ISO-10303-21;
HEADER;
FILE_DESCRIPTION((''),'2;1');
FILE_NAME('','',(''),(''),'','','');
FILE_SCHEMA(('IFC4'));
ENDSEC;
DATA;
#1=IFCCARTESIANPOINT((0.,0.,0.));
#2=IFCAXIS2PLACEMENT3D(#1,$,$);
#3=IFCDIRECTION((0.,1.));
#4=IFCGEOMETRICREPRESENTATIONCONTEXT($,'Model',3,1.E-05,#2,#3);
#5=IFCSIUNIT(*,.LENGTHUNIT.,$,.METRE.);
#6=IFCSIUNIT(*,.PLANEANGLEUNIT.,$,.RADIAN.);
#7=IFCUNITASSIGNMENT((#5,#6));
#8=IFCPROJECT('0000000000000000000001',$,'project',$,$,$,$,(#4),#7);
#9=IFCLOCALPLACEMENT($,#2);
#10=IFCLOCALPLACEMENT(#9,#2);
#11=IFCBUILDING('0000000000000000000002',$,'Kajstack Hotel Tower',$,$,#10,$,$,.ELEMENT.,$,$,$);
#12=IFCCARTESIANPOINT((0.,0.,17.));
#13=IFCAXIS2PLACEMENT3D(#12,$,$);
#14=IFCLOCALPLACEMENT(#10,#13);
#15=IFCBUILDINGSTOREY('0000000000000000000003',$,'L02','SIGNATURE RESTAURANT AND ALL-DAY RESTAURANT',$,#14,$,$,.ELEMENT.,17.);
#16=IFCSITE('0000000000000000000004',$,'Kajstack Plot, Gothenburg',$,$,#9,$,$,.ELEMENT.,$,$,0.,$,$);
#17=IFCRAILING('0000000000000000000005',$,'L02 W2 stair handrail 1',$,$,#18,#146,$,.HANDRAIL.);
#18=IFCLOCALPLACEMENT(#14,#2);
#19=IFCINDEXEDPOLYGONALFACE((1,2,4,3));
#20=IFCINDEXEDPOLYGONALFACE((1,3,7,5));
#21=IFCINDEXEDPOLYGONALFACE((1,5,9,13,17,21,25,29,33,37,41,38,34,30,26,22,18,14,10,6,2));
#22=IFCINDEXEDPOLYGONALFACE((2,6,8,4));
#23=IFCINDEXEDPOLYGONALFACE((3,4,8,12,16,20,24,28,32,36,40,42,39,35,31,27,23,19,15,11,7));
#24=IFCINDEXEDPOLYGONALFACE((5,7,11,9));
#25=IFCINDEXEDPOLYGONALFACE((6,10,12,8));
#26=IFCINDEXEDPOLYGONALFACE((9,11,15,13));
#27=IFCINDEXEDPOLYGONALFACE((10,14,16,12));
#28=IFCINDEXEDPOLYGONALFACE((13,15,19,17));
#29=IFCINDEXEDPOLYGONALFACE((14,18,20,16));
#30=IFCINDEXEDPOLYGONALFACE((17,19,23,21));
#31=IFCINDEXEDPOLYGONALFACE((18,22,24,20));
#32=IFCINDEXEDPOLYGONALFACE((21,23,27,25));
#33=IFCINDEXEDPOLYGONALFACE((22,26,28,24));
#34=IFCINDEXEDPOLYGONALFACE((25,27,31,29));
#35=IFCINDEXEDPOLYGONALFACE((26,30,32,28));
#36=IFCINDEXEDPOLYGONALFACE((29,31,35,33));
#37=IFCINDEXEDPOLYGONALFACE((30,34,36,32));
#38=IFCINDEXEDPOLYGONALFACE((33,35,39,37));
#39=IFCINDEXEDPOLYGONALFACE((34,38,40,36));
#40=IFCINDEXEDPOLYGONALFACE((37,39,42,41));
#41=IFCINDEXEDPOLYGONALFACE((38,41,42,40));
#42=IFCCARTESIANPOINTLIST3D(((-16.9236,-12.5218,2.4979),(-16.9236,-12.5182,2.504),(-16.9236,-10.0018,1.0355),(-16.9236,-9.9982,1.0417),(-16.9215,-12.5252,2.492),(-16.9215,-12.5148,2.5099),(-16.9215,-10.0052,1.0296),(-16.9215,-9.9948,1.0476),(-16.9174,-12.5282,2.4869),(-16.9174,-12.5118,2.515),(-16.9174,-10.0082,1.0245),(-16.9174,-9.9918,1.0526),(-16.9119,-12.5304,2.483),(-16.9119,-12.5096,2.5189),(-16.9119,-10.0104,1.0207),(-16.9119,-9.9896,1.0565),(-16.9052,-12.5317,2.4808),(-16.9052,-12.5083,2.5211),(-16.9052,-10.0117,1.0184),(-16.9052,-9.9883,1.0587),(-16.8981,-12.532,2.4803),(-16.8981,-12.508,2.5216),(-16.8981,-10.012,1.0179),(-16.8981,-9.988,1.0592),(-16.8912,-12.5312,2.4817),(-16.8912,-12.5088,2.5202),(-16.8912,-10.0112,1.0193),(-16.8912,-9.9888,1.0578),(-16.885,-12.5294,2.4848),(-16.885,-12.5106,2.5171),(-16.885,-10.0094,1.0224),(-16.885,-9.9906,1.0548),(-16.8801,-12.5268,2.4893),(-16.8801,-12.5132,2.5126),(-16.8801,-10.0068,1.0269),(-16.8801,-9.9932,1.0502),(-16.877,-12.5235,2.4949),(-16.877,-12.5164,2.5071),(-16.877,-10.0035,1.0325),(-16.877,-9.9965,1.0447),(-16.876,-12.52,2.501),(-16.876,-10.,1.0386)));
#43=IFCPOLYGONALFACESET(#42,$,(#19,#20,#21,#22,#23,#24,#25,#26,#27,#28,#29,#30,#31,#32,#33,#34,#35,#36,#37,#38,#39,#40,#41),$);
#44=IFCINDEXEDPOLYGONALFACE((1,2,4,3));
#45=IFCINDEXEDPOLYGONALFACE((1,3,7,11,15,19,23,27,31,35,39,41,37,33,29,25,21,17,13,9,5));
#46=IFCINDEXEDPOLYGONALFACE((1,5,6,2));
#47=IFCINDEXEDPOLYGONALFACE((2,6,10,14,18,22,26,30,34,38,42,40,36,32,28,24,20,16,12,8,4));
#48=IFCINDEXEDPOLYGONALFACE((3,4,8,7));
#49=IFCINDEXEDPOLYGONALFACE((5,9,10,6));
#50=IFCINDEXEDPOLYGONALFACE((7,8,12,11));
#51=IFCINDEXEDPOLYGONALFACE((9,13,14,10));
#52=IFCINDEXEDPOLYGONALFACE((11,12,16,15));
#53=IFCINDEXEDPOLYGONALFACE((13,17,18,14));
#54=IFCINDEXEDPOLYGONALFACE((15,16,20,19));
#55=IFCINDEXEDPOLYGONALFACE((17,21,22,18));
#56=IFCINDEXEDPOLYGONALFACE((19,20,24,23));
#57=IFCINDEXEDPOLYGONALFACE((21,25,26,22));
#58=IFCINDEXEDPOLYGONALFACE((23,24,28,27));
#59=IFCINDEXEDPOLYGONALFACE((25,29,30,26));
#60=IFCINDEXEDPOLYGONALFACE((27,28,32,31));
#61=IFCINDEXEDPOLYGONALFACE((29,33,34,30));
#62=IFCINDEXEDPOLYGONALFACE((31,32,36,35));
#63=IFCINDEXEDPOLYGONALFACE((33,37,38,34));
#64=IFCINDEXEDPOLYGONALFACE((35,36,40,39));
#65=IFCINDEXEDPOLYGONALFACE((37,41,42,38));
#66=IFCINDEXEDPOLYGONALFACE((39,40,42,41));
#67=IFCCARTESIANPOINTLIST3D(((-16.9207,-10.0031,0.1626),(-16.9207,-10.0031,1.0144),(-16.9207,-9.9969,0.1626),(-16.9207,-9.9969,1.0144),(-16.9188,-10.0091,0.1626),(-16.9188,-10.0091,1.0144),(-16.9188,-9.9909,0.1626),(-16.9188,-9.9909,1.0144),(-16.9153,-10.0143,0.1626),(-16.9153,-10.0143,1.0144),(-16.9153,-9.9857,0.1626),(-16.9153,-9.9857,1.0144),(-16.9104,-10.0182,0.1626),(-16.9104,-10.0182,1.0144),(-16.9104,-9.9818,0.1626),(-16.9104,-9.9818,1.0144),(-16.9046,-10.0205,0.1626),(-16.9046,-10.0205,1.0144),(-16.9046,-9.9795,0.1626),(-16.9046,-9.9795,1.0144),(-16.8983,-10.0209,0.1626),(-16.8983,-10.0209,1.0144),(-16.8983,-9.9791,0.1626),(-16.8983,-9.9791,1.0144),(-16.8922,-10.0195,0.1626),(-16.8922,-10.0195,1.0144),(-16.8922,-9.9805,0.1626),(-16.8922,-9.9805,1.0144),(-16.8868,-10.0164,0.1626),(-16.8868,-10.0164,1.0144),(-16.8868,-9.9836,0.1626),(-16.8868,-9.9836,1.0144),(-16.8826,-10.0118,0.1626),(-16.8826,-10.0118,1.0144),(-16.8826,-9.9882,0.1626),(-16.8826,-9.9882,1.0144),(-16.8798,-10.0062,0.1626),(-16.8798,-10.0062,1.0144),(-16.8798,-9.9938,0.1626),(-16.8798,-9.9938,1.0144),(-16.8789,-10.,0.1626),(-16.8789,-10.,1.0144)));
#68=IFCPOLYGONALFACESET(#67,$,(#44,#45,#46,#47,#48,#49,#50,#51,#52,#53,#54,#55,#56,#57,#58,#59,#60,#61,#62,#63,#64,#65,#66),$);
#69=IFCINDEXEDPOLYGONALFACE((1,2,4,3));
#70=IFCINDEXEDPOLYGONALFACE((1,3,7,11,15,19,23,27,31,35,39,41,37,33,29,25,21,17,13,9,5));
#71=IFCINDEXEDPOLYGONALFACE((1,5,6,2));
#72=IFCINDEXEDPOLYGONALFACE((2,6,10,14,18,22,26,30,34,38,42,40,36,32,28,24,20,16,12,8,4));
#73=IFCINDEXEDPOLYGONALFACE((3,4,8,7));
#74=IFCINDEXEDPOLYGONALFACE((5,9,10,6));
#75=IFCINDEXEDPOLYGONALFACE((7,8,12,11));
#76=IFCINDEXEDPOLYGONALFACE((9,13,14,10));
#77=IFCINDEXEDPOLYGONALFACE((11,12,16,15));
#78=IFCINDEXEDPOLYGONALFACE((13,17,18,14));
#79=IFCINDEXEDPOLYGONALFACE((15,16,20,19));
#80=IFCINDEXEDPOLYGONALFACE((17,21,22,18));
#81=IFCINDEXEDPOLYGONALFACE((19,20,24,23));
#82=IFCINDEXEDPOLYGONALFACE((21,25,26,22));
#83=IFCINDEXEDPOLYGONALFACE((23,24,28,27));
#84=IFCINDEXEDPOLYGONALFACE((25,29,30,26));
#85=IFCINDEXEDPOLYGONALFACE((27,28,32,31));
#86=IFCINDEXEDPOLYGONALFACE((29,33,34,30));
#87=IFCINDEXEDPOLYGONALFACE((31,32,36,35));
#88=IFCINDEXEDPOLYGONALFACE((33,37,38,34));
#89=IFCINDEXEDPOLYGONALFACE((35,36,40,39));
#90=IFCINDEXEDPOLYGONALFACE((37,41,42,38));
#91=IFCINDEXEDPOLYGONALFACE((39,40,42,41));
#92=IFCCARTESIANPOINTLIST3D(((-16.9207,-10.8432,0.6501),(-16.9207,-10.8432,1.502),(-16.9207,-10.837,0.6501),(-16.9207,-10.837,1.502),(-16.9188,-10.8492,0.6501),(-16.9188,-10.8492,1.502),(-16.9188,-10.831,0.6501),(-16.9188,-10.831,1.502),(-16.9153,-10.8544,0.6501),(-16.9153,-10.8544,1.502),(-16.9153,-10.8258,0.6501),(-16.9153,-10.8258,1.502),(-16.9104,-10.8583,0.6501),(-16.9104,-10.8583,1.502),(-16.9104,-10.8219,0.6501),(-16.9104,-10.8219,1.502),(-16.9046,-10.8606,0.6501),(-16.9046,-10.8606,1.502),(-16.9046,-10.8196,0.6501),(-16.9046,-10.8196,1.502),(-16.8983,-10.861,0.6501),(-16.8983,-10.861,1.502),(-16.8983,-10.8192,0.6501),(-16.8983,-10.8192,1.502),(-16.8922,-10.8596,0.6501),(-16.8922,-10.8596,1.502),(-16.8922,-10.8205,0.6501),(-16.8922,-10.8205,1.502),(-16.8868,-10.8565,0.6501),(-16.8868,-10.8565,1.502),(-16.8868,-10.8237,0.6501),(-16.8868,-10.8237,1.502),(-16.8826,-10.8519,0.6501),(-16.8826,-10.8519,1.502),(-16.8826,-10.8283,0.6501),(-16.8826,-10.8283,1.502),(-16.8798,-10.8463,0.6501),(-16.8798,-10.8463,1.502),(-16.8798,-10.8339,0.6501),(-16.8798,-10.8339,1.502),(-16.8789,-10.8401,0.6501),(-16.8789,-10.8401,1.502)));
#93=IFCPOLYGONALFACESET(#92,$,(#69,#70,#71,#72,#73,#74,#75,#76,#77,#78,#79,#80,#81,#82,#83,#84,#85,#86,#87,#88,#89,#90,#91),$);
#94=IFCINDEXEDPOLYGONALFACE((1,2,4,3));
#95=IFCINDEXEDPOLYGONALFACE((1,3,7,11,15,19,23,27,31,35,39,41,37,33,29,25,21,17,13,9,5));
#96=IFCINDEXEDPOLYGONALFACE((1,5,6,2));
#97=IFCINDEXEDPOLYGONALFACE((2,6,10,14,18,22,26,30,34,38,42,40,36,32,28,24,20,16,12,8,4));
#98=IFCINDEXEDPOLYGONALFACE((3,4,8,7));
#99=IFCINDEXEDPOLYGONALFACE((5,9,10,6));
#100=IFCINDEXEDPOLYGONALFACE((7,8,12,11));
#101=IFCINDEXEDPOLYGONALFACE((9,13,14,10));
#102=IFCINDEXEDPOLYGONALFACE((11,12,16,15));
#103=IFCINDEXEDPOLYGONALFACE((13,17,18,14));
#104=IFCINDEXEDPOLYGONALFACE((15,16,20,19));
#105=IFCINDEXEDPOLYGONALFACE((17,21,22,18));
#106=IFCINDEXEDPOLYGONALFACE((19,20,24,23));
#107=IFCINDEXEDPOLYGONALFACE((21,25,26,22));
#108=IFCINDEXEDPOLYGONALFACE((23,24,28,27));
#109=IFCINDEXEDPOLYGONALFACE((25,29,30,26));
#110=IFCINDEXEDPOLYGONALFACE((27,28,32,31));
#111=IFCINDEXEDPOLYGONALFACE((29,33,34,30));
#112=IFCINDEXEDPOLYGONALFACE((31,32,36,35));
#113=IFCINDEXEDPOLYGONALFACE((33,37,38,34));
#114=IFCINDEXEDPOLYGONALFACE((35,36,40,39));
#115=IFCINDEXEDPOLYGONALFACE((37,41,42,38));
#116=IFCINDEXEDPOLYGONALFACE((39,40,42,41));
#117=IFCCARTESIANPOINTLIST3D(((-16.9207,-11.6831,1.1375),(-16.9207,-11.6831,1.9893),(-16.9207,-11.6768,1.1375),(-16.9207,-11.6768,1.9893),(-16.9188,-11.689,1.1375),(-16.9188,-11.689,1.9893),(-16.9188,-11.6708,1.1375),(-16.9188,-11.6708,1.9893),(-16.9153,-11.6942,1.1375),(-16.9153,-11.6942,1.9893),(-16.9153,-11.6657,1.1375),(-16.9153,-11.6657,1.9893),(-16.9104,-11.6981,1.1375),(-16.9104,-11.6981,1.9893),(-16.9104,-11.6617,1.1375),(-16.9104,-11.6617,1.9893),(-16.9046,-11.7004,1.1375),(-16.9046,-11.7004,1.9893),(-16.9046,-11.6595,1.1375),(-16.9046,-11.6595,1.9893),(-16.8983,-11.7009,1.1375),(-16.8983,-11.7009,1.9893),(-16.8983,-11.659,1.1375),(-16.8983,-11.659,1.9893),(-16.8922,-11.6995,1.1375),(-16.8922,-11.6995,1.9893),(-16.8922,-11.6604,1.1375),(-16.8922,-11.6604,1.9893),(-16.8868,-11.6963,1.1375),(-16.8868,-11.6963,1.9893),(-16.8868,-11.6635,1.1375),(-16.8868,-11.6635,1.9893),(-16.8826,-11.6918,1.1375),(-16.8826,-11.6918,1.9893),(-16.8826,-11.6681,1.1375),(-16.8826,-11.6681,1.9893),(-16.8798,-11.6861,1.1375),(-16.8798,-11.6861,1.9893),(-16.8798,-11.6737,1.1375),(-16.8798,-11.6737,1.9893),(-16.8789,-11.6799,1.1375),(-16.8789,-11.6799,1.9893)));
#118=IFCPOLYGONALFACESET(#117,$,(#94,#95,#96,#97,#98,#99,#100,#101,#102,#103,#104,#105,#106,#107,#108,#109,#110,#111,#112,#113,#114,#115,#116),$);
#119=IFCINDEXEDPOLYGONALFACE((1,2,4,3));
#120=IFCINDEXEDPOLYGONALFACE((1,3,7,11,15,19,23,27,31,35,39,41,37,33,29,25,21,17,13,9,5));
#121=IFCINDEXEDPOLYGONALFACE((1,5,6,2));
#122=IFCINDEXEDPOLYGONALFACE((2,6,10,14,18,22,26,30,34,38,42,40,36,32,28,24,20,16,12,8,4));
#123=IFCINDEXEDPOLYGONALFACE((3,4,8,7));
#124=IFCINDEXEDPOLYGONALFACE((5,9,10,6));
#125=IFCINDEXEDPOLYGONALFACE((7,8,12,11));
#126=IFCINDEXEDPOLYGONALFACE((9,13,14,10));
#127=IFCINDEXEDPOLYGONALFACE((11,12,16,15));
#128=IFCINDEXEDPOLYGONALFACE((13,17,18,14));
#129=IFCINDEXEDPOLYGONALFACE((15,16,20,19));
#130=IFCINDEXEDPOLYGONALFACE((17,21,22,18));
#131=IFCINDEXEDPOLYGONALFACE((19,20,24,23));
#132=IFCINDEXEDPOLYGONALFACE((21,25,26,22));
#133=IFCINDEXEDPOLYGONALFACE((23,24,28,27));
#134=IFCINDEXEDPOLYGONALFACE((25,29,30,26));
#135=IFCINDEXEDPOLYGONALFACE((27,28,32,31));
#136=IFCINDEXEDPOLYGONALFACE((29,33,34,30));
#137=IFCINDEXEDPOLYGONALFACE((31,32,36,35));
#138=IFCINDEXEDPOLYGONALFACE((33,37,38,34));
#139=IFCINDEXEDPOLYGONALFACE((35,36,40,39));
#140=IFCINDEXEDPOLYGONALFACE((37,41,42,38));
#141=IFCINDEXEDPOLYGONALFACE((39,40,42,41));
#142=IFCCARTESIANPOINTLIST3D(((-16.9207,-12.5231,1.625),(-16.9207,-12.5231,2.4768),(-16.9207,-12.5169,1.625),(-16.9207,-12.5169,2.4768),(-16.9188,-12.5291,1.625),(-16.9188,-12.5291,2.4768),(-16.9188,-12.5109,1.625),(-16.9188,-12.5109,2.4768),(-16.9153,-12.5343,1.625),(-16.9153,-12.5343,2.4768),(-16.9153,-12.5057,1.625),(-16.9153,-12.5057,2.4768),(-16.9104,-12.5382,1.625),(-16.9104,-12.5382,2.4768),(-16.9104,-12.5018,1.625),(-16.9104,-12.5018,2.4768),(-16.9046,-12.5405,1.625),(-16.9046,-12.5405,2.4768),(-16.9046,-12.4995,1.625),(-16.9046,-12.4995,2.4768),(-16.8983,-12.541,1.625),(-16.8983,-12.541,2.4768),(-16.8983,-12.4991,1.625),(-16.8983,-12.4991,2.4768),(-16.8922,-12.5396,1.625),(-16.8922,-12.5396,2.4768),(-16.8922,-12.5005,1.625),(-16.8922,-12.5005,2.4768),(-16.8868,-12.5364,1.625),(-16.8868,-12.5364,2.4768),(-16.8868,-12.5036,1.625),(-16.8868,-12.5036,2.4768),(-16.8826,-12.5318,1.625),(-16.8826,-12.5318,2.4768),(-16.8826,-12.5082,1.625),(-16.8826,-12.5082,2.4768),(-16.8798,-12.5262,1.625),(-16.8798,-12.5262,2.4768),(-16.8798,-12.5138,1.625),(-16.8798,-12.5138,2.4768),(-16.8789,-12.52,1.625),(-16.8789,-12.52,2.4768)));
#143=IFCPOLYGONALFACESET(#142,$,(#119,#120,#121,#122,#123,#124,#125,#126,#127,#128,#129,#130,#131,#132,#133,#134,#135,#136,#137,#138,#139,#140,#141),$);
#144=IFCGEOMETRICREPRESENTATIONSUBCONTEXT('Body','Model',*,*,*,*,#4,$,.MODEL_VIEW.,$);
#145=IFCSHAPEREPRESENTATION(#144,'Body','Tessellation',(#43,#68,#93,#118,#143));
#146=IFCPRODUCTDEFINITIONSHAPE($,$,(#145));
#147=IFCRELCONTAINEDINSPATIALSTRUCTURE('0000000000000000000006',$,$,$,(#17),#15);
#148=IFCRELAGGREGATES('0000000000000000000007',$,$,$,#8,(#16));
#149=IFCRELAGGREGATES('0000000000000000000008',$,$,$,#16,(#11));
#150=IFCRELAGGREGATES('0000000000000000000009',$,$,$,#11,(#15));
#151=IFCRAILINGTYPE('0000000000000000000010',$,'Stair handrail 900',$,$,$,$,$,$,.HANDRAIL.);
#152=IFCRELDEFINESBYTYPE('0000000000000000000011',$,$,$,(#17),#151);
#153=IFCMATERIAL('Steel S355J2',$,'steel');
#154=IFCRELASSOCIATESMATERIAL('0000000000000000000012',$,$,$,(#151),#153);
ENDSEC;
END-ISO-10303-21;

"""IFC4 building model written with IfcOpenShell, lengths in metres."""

from ifc_helpers import new_model, si_unit, direction, frame, origin, origin_2d, place, context, subcontext, project, spatial, circle, extrude, material, type_object, element, save


model = new_model("IFC4")

# Units and contexts
model_context = context("Model", 3, precision=1e-05, world=origin(), true_north=direction((0.0, 1.0)))
body_context = subcontext(model_context, "Body", "Model", "MODEL_VIEW")
ifc_project = project(units=[si_unit("LENGTHUNIT", "METRE"), si_unit("PLANEANGLEUNIT", "RADIAN")], contexts=[model_context])

# Site, building, storey
site_placement = place(None, origin())
site = spatial("IfcSite", under=ifc_project, at=site_placement, Name="Kajstack Plot, Gothenburg", CompositionType="ELEMENT", RefElevation=0.0)
building_placement = place(site_placement, origin())
building = spatial("IfcBuilding", under=site, at=building_placement, Name="Kajstack Hotel Tower", CompositionType="ELEMENT")
storey_placement = place(building_placement, frame((0.0, 0.0, 17.0)))
storey = spatial("IfcBuildingStorey", under=building, at=storey_placement, Name="L02", Description="SIGNATURE RESTAURANT AND ALL-DAY RESTAURANT", CompositionType="ELEMENT", Elevation=17.0)

# Railing
ifc_material_1 = material(Name="Steel S355J2", Category="steel")
railing_type = type_object("IfcRailingType", Name="Stair handrail 900", PredefinedType="HANDRAIL", material=ifc_material_1)
for number, where, name in (
    (1, (-16.8999, -10.0, 0.1626), "L02 W2 stair handrail 1"),
):
    element("IfcRailing", number, at=place(storey_placement, frame(where)), inside=storey, type_object=railing_type, Name=name, PredefinedType="HANDRAIL", context=body_context, shape_type="SweptSolid", body=[
        extrude(circle(Radius=0.0239, at=origin_2d()), frame((0.0, 0.0, 0.876), z_axis=(0.0, -0.864913, 0.501921), x_axis=(1.0, 0.0, 0.0)), (0.0, 0.0, 1.0), 2.9136),
        extrude(circle(Radius=0.021, at=origin_2d()), origin(), (0.0, 0.0, 1.0), 0.8518),
        extrude(circle(Radius=0.021, at=origin_2d()), frame((0.0, -0.8401, 0.4875)), (0.0, 0.0, 1.0), 0.8518),
        extrude(circle(Radius=0.021, at=origin_2d()), frame((0.0, -1.6799, 0.9749)), (0.0, 0.0, 1.0), 0.8518),
        extrude(circle(Radius=0.021, at=origin_2d()), frame((0.0, -2.52, 1.4624)), (0.0, 0.0, 1.0), 0.8518),
    ])

save(model, "model.ifc")
